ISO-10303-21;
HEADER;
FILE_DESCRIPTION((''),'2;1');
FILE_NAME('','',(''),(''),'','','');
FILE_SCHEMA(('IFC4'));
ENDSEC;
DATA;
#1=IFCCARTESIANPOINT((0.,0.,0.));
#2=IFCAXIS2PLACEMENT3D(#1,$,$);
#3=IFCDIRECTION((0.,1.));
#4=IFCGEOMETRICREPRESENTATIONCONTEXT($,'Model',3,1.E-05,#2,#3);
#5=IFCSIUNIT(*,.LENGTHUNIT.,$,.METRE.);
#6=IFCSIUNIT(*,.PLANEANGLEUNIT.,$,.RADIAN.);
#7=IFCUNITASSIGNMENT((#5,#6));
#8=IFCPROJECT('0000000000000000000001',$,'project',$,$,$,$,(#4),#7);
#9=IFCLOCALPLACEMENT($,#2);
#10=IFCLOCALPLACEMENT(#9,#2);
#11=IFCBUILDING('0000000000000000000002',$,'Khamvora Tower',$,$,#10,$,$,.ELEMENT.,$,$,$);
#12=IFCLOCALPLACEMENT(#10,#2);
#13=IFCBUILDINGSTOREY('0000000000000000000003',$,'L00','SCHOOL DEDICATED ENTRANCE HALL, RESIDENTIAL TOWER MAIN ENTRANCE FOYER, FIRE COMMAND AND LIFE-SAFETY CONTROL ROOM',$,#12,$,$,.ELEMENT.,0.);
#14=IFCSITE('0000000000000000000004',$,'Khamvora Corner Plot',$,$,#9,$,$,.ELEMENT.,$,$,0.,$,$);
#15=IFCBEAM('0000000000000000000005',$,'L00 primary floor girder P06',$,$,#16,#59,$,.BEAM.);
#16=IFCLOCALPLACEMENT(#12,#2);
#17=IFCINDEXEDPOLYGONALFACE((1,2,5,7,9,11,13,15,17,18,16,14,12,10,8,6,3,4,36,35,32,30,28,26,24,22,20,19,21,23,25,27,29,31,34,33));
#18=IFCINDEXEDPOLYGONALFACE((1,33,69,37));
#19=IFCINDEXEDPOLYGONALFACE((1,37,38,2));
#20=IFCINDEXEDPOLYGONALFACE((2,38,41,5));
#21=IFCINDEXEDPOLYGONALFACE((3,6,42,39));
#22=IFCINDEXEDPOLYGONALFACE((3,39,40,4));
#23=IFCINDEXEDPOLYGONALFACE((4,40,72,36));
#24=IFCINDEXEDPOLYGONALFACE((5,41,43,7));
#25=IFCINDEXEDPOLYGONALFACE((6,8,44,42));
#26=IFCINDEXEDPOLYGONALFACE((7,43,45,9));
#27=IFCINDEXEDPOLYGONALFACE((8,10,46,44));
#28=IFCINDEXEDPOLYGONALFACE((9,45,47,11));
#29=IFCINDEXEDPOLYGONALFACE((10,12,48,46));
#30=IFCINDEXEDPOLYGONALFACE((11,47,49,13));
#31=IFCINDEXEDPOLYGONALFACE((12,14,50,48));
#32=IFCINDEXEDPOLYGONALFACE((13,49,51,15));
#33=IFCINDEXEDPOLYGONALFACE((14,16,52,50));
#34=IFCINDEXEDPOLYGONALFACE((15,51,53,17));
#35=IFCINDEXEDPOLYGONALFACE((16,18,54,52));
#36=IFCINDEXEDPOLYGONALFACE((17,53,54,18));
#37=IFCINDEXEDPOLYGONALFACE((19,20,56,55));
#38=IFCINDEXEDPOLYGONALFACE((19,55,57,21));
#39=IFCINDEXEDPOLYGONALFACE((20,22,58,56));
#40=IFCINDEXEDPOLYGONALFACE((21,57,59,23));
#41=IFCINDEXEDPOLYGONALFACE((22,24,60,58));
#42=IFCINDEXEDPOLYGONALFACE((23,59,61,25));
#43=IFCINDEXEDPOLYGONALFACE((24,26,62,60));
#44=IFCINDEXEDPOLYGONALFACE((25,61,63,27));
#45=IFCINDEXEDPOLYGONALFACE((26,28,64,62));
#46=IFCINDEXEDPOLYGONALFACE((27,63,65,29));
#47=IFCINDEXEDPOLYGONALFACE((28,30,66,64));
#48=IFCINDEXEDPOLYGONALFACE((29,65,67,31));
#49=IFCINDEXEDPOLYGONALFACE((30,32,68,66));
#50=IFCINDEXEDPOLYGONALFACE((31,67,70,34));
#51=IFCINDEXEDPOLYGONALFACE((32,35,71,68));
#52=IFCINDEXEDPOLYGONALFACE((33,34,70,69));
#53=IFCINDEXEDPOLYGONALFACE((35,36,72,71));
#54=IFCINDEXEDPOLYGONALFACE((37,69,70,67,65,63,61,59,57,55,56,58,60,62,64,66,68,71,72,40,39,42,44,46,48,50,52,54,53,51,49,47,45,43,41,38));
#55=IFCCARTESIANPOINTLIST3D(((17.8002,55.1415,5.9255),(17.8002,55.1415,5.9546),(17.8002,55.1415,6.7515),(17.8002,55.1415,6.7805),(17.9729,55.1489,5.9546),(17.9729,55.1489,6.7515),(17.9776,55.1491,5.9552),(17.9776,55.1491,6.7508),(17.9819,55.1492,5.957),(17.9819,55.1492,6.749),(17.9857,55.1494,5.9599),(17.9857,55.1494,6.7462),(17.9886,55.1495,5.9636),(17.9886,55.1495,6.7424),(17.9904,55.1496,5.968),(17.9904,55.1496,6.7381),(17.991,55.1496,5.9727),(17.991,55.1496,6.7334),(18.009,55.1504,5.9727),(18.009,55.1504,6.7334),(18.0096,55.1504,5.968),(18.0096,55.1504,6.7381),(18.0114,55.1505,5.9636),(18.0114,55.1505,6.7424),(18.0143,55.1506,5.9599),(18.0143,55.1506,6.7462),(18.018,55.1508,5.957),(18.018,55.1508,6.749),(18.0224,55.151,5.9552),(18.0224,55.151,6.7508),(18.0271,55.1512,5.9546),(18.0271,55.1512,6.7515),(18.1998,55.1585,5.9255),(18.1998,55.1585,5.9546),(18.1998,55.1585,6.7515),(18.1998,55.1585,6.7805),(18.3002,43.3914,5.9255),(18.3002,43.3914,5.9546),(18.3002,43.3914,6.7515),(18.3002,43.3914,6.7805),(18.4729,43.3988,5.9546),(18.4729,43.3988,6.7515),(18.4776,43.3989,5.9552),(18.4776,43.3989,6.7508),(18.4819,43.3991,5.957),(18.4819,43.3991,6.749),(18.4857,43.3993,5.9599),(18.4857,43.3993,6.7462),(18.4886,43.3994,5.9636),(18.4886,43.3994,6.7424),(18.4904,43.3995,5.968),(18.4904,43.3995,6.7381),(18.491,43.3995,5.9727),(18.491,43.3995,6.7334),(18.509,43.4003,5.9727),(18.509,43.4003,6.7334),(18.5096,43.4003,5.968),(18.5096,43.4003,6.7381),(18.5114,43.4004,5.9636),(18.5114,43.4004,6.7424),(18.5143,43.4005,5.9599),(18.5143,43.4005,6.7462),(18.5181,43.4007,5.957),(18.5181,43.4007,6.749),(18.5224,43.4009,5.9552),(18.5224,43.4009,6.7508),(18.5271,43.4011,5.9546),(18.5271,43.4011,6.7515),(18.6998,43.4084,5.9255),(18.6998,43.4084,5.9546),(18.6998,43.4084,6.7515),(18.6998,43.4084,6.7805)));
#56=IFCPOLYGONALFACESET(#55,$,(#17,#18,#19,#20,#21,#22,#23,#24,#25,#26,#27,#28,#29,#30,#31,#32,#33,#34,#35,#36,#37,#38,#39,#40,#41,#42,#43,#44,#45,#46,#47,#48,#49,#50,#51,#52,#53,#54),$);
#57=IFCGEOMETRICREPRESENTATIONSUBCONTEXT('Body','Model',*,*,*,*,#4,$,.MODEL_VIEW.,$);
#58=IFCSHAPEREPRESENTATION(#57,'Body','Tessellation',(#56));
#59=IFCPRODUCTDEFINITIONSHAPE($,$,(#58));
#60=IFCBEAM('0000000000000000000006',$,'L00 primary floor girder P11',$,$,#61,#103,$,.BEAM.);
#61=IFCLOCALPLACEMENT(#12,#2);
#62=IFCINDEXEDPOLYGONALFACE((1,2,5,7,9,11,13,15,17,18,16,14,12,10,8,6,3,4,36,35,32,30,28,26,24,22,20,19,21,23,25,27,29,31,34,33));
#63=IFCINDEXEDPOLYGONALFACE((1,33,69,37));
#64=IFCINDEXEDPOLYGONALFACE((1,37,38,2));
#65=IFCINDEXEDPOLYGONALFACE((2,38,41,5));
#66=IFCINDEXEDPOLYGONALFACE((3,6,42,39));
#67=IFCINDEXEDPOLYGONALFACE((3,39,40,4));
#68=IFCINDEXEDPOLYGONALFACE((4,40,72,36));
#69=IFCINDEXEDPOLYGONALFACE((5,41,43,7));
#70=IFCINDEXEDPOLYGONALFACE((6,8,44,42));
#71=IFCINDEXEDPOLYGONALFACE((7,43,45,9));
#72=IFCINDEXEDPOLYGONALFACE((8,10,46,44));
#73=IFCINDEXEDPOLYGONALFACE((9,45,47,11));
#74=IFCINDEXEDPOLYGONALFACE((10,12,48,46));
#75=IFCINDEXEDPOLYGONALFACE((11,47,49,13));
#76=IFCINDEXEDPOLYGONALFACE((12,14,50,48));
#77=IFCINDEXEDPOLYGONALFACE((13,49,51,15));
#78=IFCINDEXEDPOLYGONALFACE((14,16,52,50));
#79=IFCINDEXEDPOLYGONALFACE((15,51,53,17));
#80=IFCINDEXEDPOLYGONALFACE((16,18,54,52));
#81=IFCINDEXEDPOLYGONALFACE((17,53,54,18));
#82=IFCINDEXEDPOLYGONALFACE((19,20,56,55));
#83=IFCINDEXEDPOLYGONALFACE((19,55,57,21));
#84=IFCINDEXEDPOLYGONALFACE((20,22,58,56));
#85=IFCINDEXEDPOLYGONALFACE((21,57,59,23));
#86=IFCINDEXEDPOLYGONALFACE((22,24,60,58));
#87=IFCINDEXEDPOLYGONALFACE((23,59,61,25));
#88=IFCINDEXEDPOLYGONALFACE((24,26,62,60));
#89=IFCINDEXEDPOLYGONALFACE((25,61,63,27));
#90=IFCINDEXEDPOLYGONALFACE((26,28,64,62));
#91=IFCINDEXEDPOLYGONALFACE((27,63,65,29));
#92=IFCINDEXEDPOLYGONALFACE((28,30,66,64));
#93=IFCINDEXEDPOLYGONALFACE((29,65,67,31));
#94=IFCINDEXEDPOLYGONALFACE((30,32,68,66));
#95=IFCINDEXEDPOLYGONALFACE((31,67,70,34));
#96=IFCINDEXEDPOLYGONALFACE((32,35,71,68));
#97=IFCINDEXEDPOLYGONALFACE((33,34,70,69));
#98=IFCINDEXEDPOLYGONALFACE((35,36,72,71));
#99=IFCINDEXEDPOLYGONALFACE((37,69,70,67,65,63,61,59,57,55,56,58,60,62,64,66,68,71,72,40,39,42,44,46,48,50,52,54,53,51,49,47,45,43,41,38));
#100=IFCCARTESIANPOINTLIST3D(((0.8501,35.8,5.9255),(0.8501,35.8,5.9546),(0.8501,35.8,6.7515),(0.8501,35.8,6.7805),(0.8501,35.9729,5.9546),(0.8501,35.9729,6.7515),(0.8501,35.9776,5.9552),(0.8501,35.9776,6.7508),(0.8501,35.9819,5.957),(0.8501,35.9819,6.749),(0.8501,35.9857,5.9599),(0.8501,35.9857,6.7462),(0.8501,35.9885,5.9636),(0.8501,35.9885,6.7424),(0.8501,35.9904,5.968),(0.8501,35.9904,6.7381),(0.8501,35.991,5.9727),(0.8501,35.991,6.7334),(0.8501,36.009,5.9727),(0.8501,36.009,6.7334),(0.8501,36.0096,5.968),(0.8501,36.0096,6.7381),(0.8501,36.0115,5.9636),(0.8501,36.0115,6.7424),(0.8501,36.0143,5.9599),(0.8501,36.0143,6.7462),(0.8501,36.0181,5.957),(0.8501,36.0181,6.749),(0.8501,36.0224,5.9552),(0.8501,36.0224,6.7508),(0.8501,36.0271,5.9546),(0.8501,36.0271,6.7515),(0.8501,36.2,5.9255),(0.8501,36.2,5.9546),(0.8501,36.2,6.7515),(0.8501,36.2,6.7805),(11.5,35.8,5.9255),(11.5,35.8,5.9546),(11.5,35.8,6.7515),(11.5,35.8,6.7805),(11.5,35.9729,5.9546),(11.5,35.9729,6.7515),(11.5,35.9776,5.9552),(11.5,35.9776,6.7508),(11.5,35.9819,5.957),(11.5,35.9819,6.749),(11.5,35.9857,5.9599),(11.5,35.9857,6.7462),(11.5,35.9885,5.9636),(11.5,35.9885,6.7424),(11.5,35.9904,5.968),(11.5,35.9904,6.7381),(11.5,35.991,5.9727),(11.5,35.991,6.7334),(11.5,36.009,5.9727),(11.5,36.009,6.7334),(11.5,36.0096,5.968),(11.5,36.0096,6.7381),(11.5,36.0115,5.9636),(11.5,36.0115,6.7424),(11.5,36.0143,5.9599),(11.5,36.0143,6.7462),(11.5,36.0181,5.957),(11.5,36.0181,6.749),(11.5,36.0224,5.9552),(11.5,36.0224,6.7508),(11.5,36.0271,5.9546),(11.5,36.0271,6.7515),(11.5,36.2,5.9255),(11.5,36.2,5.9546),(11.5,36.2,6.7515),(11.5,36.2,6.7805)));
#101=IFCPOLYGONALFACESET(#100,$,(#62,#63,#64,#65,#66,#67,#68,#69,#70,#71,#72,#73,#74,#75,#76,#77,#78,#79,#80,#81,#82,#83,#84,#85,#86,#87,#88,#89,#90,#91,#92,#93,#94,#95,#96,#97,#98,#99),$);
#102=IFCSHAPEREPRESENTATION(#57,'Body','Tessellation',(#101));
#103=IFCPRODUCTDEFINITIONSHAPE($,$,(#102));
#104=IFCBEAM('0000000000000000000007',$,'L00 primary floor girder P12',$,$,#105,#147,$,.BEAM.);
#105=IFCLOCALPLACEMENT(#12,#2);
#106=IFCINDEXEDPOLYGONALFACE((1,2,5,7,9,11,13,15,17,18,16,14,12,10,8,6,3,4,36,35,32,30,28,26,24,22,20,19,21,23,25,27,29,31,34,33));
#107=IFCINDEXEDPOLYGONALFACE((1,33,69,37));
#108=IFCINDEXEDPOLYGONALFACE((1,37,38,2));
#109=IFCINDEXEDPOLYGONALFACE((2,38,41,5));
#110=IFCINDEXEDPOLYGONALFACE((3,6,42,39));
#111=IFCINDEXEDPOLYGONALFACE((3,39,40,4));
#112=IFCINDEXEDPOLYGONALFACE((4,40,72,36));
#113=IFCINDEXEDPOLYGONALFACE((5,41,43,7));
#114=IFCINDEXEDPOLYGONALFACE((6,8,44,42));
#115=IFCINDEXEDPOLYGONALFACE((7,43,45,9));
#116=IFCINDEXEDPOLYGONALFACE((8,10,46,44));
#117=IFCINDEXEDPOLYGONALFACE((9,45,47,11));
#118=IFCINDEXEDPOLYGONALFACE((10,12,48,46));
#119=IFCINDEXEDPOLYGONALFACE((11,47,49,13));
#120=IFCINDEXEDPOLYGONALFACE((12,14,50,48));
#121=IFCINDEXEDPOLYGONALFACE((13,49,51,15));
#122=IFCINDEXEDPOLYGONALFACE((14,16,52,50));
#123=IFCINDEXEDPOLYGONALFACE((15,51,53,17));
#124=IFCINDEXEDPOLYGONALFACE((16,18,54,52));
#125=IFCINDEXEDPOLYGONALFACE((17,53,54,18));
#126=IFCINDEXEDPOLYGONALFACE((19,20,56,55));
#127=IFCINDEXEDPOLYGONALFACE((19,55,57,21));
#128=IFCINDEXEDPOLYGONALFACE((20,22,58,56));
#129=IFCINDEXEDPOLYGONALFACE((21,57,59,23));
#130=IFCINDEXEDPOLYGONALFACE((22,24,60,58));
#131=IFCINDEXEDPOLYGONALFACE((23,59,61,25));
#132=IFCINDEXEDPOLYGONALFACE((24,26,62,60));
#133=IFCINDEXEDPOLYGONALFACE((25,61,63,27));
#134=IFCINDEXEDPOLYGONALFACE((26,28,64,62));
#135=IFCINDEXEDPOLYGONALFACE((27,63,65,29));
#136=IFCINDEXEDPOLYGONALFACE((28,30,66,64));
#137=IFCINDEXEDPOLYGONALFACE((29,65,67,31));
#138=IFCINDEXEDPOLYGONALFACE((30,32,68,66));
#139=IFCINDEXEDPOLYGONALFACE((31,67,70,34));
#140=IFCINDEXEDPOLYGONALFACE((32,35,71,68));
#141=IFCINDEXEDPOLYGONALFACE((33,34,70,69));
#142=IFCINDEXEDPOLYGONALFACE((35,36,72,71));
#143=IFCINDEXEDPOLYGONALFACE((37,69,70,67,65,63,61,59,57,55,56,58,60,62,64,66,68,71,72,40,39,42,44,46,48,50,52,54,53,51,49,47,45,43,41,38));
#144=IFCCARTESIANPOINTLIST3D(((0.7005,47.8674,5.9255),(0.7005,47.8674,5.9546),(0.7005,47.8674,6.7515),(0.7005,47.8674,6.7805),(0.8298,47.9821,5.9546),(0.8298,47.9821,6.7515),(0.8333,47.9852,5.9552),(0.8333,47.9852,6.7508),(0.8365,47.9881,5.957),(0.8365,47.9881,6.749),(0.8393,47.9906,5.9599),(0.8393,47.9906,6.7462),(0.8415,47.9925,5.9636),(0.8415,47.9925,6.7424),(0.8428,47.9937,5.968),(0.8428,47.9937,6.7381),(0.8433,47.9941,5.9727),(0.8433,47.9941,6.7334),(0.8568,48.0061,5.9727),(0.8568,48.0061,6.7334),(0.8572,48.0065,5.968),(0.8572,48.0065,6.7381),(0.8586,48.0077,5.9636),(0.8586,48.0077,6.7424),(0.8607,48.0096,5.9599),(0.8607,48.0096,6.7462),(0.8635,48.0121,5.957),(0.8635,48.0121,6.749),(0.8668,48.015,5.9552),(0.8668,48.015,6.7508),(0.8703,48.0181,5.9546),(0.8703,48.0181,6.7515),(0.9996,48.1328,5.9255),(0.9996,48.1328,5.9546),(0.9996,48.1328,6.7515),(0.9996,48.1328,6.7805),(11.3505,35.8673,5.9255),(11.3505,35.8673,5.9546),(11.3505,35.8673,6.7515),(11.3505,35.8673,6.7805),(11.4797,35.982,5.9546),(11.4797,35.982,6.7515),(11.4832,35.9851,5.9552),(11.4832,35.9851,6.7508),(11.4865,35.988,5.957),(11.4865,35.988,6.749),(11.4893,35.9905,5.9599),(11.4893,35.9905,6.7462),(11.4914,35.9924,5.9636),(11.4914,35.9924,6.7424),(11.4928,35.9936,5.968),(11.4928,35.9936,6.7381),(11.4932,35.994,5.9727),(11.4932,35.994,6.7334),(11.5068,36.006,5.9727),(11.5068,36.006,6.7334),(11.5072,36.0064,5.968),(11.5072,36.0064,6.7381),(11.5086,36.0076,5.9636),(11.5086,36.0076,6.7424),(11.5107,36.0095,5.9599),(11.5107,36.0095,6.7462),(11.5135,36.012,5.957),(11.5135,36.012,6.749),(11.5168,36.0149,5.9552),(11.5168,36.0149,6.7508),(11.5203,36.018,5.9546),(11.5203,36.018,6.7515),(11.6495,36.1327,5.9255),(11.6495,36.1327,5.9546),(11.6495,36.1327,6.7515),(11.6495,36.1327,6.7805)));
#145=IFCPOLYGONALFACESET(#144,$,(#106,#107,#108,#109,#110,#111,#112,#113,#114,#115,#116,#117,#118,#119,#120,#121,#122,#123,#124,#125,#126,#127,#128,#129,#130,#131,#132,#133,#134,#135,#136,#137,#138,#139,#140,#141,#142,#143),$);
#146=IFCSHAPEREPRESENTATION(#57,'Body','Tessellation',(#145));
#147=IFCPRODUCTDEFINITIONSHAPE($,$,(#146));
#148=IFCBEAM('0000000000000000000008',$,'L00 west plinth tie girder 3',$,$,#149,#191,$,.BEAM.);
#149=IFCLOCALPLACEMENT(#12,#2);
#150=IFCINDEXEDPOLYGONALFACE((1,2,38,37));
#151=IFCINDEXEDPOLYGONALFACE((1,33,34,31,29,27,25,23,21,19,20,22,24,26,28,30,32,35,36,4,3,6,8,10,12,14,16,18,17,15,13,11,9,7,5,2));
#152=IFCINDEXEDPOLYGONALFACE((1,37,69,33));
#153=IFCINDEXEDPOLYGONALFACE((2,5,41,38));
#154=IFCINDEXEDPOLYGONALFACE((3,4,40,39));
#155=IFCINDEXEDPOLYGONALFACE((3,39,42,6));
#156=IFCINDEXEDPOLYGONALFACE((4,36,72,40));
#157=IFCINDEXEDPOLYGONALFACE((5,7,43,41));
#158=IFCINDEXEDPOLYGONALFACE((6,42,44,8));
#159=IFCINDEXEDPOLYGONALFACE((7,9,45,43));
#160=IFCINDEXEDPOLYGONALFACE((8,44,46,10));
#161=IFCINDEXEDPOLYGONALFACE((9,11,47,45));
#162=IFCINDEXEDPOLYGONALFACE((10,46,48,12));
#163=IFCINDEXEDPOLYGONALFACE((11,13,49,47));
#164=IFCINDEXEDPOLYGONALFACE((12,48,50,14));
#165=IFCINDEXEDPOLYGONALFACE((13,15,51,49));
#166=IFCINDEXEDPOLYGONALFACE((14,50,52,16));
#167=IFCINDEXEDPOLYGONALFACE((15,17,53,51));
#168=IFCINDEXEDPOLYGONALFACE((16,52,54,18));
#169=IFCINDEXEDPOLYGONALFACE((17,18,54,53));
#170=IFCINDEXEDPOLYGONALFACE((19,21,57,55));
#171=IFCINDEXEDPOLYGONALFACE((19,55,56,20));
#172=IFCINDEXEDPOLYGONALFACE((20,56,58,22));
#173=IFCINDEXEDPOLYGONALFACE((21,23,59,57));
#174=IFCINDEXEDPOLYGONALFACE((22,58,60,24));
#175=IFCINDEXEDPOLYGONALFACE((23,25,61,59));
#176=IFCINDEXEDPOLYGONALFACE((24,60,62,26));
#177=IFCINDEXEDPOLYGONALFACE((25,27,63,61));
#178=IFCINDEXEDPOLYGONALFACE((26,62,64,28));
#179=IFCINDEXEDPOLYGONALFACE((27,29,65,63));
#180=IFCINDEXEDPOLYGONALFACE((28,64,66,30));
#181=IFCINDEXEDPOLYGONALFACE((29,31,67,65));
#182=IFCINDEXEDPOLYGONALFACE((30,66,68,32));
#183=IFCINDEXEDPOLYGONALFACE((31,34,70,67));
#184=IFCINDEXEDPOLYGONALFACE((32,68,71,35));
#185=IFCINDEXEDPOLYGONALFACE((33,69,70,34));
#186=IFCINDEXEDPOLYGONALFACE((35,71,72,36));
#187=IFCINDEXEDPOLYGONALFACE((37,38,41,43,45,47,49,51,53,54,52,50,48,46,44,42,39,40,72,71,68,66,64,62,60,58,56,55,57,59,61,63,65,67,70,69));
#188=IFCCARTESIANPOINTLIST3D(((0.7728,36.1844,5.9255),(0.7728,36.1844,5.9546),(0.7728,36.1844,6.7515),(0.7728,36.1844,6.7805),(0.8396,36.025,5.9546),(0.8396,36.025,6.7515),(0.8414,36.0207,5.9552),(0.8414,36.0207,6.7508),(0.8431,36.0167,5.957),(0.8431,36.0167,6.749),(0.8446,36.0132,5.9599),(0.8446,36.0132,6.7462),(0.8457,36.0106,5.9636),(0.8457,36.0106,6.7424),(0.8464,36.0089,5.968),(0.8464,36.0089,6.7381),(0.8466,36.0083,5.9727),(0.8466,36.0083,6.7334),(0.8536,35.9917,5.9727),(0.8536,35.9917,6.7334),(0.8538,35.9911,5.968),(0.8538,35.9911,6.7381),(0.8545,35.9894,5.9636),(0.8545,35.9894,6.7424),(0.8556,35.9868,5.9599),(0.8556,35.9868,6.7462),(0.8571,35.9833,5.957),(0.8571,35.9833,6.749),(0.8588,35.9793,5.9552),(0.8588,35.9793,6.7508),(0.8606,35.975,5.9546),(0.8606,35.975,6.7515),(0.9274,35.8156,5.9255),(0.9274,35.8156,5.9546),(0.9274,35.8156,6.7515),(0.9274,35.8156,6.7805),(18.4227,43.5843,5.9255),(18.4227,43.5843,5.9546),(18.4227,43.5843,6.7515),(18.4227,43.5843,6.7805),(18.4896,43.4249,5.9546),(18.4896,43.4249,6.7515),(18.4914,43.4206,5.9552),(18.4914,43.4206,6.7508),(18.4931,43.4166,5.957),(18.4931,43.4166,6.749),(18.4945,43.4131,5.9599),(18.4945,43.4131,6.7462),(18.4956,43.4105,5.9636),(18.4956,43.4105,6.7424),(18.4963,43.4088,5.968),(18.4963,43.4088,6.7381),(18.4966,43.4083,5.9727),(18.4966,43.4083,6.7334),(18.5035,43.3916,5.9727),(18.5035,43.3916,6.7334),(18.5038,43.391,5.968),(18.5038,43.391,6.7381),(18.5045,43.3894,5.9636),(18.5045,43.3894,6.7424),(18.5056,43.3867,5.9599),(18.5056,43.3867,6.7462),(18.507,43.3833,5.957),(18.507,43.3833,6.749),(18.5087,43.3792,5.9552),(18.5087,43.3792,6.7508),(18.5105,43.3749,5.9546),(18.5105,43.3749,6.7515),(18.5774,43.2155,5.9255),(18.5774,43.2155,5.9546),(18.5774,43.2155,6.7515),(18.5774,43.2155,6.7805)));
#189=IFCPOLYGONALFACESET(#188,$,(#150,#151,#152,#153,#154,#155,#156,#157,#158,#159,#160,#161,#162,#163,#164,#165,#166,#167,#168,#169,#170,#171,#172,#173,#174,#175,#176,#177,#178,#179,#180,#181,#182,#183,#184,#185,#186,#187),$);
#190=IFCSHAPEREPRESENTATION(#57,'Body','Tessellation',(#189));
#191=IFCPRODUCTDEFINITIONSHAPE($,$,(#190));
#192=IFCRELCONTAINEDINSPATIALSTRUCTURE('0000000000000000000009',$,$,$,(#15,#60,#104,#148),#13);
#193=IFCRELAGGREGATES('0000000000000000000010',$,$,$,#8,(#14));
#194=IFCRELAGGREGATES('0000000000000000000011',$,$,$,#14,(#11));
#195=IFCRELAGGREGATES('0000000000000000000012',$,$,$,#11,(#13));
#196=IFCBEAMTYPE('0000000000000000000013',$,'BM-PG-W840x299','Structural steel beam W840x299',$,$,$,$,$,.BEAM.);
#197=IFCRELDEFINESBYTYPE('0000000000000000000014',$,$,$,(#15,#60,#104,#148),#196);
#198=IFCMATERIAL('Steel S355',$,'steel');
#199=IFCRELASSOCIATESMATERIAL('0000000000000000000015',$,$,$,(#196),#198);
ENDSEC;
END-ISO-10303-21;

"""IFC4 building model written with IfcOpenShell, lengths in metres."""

from ifc_helpers import new_model, si_unit, direction, frame, origin, origin_2d, place, context, subcontext, project, spatial, i_section, extrude, material, material_profile, profile_set, type_object, element, save


model = new_model("IFC4")

# Units and contexts
model_context = context("Model", 3, precision=1e-05, world=origin(), true_north=direction((0.0, 1.0)))
body_context = subcontext(model_context, "Body", "Model", "MODEL_VIEW")
ifc_project = project(units=[si_unit("LENGTHUNIT", "METRE"), si_unit("PLANEANGLEUNIT", "RADIAN")], contexts=[model_context])

# Site, building, storey
site_placement = place(None, origin())
site = spatial("IfcSite", under=ifc_project, at=site_placement, Name="Khamvora Corner Plot", CompositionType="ELEMENT", RefElevation=0.0)
building_placement = place(site_placement, origin())
building = spatial("IfcBuilding", under=site, at=building_placement, Name="Khamvora Tower", CompositionType="ELEMENT")
storey_placement = place(building_placement, origin())
storey = spatial("IfcBuildingStorey", under=building, at=storey_placement, Name="L00", Description="SCHOOL DEDICATED ENTRANCE HALL, RESIDENTIAL TOWER MAIN ENTRANCE FOYER, FIRE COMMAND AND LIFE-SAFETY CONTROL ROOM", CompositionType="ELEMENT", Elevation=0.0)

# Beams
ifc_material_1 = material(Name="Steel S355", Category="steel")
ifc_material_profile_1 = material_profile(ifc_material_1, i_section(OverallWidth=0.3999, OverallDepth=0.855, WebThickness=0.0181, FlangeThickness=0.0291, FilletRadius=0.0181, at=origin_2d()), Name="W840x299")
ifc_profile_set_1 = profile_set([ifc_material_profile_1], Name="Steel S355")
beam_type_1 = type_object("IfcBeamType", Name="BM-PG-W840x299", Description="Structural steel beam W840x299", PredefinedType="BEAM", material=ifc_profile_set_1)
beam_1_placement = place(storey_placement, frame((18.5, 43.3999, 6.353), z_axis=(-0.042515, 0.999096, 0.0), x_axis=(-0.999096, -0.042515, 0.0)))
element("IfcBeam", 1, at=beam_1_placement, inside=storey, type_object=beam_type_1, Name="L00 primary floor girder P06", PredefinedType="BEAM", context=body_context, shape_type="SweptSolid", body=[
    extrude(i_section(OverallWidth=0.3999, OverallDepth=0.855, WebThickness=0.0181, FlangeThickness=0.0291, FilletRadius=0.0181, at=origin_2d()), origin(), (0.0, 0.0, 1.0), 11.7607),
])
beam_2_placement = place(storey_placement, frame((11.5, 36.0, 6.353), z_axis=(-1.0, 0.0, 0.0), x_axis=(0.0, -1.0, 0.0)))
element("IfcBeam", 2, at=beam_2_placement, inside=storey, type_object=beam_type_1, Name="L00 primary floor girder P11", PredefinedType="BEAM", context=body_context, shape_type="SweptSolid", body=[
    extrude(i_section(OverallWidth=0.3999, OverallDepth=0.855, WebThickness=0.0181, FlangeThickness=0.0291, FilletRadius=0.0181, at=origin_2d()), origin(), (0.0, 0.0, 1.0), 10.6499),
])
beam_3_placement = place(storey_placement, frame((11.5, 36.0, 6.353), z_axis=(-0.66378, 0.747928, 0.0), x_axis=(-0.747928, -0.66378, 0.0)))
element("IfcBeam", 3, at=beam_3_placement, inside=storey, type_object=beam_type_1, Name="L00 primary floor girder P12", PredefinedType="BEAM", context=body_context, shape_type="SweptSolid", body=[
    extrude(i_section(OverallWidth=0.3999, OverallDepth=0.855, WebThickness=0.0181, FlangeThickness=0.0291, FilletRadius=0.0181, at=origin_2d()), origin(), (0.0, 0.0, 1.0), 16.0444),
])
beam_4_placement = place(storey_placement, frame((0.8501, 36.0, 6.353), z_axis=(0.922225, 0.386652, 0.0), x_axis=(-0.386652, 0.922225, 0.0)))
element("IfcBeam", 4, at=beam_4_placement, inside=storey, type_object=beam_type_1, Name="L00 west plinth tie girder 3", PredefinedType="BEAM", context=body_context, shape_type="SweptSolid", body=[
    extrude(i_section(OverallWidth=0.3999, OverallDepth=0.855, WebThickness=0.0181, FlangeThickness=0.0291, FilletRadius=0.0181, at=origin_2d()), origin(), (0.0, 0.0, 1.0), 19.1384),
])

save(model, "model.ifc")
